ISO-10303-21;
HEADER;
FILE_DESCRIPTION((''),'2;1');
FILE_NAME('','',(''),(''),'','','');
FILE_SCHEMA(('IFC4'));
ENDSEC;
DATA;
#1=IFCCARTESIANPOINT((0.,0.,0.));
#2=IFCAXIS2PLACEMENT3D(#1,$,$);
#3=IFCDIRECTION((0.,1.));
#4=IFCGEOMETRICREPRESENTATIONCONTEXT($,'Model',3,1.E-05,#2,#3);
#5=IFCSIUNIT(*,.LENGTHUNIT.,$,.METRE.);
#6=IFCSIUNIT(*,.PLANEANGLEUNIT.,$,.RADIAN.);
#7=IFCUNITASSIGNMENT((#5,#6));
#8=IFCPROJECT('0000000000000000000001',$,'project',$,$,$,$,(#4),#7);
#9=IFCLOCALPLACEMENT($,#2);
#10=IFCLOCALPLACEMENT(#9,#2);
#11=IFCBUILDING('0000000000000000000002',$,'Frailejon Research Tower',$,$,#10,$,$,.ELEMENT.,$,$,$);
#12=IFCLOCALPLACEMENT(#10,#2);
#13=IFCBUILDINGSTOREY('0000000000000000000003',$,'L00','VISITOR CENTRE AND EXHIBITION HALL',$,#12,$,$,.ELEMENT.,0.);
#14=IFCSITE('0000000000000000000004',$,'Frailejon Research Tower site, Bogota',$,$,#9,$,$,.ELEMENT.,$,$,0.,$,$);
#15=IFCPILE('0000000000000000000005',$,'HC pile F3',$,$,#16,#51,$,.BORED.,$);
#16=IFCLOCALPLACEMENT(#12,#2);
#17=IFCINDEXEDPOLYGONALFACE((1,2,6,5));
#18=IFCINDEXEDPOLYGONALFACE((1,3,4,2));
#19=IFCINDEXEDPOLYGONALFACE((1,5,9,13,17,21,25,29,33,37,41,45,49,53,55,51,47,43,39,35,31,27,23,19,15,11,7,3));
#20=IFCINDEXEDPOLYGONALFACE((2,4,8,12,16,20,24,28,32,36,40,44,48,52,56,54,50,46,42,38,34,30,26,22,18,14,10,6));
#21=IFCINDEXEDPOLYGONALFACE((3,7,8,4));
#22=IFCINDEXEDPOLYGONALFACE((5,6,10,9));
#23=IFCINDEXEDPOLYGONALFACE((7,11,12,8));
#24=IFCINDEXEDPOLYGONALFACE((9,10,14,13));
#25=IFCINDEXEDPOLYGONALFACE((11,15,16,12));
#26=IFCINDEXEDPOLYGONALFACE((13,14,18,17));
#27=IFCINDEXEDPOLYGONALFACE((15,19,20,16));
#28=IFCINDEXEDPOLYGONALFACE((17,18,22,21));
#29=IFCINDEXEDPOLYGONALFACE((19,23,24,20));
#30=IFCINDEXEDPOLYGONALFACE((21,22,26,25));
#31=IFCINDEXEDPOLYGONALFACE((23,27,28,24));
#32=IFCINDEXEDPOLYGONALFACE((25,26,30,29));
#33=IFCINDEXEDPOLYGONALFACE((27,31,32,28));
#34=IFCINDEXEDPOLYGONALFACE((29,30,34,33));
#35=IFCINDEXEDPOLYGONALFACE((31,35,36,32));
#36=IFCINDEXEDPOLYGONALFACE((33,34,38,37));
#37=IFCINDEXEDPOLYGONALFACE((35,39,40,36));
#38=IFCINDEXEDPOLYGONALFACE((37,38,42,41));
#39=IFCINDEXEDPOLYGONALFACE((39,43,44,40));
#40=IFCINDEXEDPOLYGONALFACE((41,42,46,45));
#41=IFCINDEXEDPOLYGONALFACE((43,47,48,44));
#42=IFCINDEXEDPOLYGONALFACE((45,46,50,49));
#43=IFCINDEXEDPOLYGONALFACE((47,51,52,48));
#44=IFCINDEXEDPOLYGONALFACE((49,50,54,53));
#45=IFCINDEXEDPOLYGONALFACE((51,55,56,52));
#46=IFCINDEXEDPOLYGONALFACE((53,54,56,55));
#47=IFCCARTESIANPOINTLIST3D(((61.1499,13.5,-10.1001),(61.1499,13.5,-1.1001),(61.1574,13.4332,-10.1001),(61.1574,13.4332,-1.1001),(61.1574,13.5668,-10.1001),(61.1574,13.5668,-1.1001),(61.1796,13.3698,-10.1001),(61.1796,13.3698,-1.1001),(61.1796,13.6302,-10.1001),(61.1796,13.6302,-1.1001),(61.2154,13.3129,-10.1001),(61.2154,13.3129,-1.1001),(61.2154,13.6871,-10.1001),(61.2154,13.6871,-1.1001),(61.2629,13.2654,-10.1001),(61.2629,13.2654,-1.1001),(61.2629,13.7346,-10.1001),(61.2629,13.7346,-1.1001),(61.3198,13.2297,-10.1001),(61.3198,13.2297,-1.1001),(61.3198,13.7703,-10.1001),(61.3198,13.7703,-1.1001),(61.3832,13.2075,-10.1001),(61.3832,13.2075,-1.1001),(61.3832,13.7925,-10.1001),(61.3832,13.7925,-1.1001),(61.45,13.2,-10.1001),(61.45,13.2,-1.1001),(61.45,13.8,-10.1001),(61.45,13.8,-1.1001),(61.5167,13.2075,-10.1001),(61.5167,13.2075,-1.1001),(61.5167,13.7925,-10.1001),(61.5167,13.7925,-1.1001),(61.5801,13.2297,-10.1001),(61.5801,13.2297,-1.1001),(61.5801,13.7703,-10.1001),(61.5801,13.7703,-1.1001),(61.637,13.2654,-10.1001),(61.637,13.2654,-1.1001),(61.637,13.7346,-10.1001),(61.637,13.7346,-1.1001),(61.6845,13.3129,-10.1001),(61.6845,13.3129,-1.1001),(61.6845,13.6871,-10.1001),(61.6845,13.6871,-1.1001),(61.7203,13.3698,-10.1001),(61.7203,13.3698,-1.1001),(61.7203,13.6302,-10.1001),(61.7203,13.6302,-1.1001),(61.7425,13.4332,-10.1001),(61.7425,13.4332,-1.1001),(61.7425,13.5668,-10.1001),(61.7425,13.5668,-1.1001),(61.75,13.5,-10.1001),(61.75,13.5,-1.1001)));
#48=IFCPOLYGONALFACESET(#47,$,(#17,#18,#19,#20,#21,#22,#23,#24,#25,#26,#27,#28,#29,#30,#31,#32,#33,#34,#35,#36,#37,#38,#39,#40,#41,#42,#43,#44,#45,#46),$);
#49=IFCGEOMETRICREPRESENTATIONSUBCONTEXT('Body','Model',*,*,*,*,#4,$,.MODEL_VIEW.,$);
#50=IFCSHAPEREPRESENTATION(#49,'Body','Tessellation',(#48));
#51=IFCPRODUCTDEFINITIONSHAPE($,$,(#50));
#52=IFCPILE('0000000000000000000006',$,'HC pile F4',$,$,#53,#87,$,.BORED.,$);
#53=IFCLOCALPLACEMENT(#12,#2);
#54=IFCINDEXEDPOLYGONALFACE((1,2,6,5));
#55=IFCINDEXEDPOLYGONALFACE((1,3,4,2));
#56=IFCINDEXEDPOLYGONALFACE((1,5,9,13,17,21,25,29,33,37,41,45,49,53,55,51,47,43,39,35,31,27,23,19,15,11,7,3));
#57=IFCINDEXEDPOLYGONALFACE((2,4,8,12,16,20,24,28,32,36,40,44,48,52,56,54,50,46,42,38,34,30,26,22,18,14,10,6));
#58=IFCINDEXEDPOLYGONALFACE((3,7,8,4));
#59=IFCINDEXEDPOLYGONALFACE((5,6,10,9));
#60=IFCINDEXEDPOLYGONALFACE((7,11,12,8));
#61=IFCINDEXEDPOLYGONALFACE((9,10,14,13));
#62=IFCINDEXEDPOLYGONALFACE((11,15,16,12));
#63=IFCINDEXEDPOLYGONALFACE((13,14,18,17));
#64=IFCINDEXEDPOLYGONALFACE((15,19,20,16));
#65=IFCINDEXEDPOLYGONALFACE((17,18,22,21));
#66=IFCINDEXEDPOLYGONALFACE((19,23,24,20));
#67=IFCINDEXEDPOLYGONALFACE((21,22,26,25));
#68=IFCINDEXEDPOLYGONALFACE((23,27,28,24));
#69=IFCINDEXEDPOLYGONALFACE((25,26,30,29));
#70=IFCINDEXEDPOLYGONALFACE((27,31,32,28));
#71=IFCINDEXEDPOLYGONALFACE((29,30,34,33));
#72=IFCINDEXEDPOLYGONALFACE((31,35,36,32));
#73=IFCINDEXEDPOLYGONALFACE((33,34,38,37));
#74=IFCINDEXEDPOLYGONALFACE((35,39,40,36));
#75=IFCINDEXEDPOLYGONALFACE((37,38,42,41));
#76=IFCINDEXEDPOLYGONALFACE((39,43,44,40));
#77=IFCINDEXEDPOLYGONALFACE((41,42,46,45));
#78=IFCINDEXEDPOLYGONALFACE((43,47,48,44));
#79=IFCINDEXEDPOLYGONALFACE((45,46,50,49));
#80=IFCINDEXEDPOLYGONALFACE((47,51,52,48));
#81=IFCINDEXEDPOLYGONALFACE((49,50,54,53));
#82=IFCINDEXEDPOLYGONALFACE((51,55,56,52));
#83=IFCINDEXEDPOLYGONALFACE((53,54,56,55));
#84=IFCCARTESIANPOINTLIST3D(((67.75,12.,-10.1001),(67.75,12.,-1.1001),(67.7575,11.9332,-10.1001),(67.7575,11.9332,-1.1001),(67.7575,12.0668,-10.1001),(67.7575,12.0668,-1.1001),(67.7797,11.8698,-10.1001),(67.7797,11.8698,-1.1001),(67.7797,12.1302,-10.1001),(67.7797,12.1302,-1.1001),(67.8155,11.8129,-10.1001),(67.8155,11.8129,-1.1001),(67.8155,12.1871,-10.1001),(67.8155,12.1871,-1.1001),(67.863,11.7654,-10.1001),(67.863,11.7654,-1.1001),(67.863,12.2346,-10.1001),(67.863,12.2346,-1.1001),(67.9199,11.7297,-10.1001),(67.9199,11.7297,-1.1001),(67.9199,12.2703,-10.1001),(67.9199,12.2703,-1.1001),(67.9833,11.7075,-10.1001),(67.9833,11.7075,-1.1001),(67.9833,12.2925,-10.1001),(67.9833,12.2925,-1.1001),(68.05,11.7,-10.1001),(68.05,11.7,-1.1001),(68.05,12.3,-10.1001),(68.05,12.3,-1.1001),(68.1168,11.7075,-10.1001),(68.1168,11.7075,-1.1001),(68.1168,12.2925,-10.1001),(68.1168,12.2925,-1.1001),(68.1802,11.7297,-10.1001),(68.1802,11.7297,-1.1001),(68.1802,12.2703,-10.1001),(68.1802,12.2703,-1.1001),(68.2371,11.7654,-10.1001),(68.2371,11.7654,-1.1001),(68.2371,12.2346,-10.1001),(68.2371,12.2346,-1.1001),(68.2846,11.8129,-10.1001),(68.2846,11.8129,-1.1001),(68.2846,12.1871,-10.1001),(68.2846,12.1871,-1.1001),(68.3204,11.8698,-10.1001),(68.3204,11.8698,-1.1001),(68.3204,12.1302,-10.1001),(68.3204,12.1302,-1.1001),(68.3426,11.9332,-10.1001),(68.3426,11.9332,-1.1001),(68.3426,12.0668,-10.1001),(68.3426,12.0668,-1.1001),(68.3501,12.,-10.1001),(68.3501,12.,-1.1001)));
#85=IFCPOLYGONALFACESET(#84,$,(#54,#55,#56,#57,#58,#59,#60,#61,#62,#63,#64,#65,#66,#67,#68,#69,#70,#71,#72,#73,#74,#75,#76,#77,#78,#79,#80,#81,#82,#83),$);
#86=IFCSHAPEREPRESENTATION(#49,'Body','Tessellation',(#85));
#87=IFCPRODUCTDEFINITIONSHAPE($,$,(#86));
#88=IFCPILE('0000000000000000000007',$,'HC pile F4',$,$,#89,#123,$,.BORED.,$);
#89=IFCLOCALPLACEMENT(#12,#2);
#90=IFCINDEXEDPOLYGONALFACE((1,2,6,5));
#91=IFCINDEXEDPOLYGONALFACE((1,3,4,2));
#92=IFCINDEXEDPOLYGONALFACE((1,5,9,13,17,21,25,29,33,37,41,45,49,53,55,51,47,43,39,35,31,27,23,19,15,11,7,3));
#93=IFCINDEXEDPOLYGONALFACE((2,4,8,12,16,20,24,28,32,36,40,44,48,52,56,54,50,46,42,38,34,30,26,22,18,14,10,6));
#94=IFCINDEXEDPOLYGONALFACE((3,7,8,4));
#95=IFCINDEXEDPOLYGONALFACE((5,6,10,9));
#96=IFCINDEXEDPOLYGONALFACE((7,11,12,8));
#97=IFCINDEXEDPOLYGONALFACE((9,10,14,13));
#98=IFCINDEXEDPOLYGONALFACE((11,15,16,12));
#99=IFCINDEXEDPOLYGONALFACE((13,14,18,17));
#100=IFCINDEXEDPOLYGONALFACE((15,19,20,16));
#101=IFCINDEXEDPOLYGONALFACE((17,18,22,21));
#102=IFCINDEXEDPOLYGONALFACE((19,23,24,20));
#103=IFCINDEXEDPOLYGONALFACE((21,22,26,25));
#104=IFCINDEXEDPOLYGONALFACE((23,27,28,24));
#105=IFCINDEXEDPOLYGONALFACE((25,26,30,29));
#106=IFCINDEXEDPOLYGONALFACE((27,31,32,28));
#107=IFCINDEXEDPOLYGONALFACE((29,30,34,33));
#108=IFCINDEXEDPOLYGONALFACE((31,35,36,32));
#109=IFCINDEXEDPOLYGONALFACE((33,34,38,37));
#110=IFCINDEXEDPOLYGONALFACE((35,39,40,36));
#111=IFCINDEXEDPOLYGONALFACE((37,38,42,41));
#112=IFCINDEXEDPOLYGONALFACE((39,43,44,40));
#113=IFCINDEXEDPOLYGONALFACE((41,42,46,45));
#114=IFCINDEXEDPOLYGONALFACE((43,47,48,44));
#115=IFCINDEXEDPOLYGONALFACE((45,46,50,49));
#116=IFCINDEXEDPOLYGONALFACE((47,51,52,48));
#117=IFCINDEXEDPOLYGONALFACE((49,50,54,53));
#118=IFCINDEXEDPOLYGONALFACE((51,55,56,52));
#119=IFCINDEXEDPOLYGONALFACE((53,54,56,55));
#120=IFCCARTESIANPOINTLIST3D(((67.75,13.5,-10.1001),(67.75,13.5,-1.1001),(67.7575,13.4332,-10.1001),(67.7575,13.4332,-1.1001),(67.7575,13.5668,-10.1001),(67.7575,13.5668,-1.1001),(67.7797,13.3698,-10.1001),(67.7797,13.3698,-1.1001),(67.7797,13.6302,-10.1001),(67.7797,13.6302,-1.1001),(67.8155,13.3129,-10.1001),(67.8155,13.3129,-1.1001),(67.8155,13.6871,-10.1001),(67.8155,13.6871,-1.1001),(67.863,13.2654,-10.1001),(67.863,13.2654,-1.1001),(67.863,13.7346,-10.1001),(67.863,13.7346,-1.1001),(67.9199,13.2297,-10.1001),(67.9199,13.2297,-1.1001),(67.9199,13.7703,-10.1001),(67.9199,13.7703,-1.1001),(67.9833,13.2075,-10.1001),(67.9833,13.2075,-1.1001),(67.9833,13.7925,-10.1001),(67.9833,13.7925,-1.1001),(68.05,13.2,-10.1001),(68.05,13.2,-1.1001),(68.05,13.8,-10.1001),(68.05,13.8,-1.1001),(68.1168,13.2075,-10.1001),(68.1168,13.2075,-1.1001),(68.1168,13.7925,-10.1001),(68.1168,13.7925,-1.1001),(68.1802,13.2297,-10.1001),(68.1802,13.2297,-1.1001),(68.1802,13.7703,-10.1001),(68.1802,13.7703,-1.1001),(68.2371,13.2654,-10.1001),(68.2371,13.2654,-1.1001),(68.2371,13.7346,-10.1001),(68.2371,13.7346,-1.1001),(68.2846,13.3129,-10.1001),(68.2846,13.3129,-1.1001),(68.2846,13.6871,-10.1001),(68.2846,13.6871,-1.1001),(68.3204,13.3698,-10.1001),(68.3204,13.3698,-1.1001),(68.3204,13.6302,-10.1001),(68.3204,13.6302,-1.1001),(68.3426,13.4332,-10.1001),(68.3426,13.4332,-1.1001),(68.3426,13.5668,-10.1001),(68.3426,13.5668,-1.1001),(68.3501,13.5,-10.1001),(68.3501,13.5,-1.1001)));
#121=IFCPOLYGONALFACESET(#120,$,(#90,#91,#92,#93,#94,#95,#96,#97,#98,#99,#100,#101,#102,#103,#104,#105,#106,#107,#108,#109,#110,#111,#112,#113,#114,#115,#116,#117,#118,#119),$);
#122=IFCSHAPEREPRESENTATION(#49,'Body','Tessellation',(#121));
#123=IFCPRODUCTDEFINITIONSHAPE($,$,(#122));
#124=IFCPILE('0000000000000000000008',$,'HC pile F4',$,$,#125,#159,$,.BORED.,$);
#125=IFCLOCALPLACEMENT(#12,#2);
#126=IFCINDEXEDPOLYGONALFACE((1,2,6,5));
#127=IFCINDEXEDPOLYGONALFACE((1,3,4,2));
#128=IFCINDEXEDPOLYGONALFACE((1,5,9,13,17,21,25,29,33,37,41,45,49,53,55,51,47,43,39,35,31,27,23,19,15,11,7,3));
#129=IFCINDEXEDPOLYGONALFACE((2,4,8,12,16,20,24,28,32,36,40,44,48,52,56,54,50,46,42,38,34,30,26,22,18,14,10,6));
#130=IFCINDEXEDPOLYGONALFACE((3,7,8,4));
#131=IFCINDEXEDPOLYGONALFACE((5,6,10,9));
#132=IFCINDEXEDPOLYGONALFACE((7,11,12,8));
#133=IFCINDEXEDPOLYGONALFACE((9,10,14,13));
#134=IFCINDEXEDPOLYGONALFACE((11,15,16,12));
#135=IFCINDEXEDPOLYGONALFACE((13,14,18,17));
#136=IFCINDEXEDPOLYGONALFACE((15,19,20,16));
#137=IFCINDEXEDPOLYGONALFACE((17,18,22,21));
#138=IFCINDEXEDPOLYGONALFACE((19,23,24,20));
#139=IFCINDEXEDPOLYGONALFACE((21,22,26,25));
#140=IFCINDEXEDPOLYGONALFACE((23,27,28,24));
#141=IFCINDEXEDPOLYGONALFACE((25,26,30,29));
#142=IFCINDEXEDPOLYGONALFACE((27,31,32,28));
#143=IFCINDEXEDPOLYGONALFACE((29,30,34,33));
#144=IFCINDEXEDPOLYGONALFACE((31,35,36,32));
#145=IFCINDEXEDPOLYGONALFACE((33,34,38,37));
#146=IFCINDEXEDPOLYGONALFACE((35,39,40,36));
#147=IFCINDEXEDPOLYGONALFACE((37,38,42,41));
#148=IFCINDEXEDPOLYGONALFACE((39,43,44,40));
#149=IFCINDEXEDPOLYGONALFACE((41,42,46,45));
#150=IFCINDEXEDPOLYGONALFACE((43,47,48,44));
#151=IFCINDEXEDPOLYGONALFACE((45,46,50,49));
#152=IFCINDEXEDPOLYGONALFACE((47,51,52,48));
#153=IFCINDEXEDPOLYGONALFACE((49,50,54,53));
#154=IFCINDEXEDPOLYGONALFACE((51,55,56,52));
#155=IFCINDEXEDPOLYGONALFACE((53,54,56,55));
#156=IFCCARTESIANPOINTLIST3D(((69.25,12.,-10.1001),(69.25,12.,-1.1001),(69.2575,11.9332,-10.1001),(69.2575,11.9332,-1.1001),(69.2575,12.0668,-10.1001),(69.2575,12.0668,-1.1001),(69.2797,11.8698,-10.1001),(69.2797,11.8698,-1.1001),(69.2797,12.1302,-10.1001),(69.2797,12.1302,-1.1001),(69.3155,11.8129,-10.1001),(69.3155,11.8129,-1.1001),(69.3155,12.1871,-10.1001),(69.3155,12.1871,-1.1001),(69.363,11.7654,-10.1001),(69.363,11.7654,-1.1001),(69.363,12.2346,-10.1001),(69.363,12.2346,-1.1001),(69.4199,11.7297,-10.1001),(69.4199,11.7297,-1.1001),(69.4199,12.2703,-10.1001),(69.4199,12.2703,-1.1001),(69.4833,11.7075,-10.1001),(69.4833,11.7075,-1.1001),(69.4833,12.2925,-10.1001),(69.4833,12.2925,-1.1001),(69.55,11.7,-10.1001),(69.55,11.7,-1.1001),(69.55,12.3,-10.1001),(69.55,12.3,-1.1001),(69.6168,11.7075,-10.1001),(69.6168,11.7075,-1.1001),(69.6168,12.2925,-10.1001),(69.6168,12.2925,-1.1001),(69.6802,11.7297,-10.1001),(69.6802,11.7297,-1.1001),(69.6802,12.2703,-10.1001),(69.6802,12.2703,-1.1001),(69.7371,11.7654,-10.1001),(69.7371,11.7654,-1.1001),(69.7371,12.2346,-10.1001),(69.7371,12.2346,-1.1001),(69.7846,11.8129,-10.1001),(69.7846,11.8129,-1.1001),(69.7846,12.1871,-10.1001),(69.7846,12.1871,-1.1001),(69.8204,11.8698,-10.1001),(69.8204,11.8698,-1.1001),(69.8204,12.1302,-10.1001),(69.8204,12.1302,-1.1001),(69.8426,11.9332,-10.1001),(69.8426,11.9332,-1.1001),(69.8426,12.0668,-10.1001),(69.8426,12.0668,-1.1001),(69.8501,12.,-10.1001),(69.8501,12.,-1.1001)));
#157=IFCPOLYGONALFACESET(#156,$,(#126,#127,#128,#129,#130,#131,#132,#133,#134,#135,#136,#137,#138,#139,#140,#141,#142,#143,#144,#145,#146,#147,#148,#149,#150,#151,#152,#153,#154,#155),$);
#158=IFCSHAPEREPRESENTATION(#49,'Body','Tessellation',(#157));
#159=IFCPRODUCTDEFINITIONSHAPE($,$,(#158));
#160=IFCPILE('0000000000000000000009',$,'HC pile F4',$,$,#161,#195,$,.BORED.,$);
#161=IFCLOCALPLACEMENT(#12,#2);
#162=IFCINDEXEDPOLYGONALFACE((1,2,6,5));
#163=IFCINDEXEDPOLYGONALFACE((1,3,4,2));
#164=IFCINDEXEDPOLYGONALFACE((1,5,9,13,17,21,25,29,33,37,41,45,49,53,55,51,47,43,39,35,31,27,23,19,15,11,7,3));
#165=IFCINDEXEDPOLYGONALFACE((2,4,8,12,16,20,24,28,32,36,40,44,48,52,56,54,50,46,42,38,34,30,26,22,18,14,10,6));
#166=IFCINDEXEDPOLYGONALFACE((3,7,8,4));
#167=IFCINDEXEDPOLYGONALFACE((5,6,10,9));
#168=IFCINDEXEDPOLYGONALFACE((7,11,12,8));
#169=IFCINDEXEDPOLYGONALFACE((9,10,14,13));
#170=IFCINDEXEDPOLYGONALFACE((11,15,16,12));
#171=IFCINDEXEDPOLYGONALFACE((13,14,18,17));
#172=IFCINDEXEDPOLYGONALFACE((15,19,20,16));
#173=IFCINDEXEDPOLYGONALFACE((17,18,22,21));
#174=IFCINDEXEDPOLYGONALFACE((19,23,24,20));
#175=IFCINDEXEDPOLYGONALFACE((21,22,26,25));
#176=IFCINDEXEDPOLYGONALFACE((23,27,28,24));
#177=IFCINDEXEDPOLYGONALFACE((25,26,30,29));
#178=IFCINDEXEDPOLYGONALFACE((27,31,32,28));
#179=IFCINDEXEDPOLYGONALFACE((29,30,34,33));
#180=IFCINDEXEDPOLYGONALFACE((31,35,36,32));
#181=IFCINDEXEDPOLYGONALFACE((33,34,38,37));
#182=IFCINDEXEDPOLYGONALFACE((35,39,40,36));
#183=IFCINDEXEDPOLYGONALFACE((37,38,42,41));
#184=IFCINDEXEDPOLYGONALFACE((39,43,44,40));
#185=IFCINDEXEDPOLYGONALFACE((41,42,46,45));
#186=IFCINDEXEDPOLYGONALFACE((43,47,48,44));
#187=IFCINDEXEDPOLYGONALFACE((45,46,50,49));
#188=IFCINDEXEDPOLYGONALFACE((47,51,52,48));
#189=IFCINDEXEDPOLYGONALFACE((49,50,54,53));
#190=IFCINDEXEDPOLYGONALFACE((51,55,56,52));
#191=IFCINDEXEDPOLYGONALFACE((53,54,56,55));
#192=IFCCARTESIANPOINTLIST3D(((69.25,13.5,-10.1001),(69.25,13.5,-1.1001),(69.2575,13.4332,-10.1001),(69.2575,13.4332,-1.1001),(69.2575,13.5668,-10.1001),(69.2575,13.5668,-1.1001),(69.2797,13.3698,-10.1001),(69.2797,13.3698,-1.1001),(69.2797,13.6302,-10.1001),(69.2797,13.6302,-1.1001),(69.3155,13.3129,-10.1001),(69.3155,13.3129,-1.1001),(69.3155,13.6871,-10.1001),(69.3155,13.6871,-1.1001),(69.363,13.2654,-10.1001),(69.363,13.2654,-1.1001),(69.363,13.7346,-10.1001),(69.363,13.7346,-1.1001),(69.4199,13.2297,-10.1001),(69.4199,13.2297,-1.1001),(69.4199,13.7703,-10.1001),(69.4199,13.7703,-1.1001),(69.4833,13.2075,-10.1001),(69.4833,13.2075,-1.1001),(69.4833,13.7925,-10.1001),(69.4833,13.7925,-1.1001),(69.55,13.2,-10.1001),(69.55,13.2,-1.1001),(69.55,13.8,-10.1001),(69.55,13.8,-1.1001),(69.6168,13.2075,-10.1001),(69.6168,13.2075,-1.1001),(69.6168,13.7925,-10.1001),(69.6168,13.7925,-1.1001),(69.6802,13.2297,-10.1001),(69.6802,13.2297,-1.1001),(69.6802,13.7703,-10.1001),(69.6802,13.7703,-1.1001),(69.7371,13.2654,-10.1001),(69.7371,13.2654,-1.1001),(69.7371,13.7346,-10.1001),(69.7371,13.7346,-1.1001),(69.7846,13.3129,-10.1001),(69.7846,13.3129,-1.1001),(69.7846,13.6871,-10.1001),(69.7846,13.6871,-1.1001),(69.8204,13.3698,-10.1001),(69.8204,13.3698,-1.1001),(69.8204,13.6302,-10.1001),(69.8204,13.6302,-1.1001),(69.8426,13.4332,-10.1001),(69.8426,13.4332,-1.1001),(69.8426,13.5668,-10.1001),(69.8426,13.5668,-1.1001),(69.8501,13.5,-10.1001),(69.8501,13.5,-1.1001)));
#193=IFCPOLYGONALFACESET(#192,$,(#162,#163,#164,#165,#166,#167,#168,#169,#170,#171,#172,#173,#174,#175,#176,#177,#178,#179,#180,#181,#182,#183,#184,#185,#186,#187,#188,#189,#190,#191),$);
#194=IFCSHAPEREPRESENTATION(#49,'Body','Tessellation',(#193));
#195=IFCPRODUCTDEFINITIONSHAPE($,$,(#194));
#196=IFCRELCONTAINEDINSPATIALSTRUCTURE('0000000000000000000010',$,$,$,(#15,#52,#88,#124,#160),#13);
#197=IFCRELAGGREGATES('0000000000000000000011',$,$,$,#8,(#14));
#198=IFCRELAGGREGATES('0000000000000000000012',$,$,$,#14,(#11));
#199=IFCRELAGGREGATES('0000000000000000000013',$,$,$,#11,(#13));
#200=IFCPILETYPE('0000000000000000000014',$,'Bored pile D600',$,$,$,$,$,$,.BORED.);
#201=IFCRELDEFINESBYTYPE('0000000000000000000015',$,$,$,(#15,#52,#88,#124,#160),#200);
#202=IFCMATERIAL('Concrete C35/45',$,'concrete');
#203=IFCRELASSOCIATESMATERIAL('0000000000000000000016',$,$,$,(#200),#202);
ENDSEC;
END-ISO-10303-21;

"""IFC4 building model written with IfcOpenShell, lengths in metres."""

from ifc_helpers import new_model, si_unit, direction, frame, origin, origin_2d, place, context, subcontext, project, spatial, circle, extrude, material, material_profile, profile_set, type_object, element, save


model = new_model("IFC4")

# Units and contexts
model_context = context("Model", 3, precision=1e-05, world=origin(), true_north=direction((0.0, 1.0)))
body_context = subcontext(model_context, "Body", "Model", "MODEL_VIEW")
ifc_project = project(units=[si_unit("LENGTHUNIT", "METRE"), si_unit("PLANEANGLEUNIT", "RADIAN")], contexts=[model_context])

# Site, building, storey
site_placement = place(None, origin())
site = spatial("IfcSite", under=ifc_project, at=site_placement, Name="Frailejon Research Tower site, Bogota", CompositionType="ELEMENT", RefElevation=0.0)
building_placement = place(site_placement, origin())
building = spatial("IfcBuilding", under=site, at=building_placement, Name="Frailejon Research Tower", CompositionType="ELEMENT")
storey_placement = place(building_placement, origin())
storey = spatial("IfcBuildingStorey", under=building, at=storey_placement, Name="L00", Description="VISITOR CENTRE AND EXHIBITION HALL", CompositionType="ELEMENT", Elevation=0.0)

# Piles
ifc_material_1 = material(Name="Concrete C35/45", Category="concrete")
ifc_material_profile_1 = material_profile(ifc_material_1, circle(Radius=0.3, at=origin_2d()), Name="Bored pile D600")
ifc_profile_set_1 = profile_set([ifc_material_profile_1], Name="Concrete C35/45")
pile_type = type_object("IfcPileType", Name="Bored pile D600", PredefinedType="BORED", material=ifc_profile_set_1)
for number, where, z_axis, x_axis, name in (
    (1, (61.45, 13.5, -1.1001), (0.0, 0.0, -1.0), (1.0, 0.0, 0.0), "HC pile F3"),
    (2, (68.05, 12.0, -1.1001), (0.0, 0.0, -1.0), (1.0, 0.0, 0.0), "HC pile F4"),
    (3, (68.05, 13.5, -1.1001), (0.0, 0.0, -1.0), (1.0, 0.0, 0.0), "HC pile F4"),
    (4, (69.55, 12.0, -1.1001), (0.0, 0.0, -1.0), (1.0, 0.0, 0.0), "HC pile F4"),
    (5, (69.55, 13.5, -1.1001), (0.0, 0.0, -1.0), (1.0, 0.0, 0.0), "HC pile F4"),
):
    element("IfcPile", number, at=place(storey_placement, frame(where, z_axis=z_axis, x_axis=x_axis)), inside=storey, type_object=pile_type, Name=name, PredefinedType="BORED", context=body_context, shape_type="SweptSolid", body=[
        extrude(circle(Radius=0.3, at=origin_2d()), origin(), (0.0, 0.0, 1.0), 9.0),
    ])

save(model, "model.ifc")
